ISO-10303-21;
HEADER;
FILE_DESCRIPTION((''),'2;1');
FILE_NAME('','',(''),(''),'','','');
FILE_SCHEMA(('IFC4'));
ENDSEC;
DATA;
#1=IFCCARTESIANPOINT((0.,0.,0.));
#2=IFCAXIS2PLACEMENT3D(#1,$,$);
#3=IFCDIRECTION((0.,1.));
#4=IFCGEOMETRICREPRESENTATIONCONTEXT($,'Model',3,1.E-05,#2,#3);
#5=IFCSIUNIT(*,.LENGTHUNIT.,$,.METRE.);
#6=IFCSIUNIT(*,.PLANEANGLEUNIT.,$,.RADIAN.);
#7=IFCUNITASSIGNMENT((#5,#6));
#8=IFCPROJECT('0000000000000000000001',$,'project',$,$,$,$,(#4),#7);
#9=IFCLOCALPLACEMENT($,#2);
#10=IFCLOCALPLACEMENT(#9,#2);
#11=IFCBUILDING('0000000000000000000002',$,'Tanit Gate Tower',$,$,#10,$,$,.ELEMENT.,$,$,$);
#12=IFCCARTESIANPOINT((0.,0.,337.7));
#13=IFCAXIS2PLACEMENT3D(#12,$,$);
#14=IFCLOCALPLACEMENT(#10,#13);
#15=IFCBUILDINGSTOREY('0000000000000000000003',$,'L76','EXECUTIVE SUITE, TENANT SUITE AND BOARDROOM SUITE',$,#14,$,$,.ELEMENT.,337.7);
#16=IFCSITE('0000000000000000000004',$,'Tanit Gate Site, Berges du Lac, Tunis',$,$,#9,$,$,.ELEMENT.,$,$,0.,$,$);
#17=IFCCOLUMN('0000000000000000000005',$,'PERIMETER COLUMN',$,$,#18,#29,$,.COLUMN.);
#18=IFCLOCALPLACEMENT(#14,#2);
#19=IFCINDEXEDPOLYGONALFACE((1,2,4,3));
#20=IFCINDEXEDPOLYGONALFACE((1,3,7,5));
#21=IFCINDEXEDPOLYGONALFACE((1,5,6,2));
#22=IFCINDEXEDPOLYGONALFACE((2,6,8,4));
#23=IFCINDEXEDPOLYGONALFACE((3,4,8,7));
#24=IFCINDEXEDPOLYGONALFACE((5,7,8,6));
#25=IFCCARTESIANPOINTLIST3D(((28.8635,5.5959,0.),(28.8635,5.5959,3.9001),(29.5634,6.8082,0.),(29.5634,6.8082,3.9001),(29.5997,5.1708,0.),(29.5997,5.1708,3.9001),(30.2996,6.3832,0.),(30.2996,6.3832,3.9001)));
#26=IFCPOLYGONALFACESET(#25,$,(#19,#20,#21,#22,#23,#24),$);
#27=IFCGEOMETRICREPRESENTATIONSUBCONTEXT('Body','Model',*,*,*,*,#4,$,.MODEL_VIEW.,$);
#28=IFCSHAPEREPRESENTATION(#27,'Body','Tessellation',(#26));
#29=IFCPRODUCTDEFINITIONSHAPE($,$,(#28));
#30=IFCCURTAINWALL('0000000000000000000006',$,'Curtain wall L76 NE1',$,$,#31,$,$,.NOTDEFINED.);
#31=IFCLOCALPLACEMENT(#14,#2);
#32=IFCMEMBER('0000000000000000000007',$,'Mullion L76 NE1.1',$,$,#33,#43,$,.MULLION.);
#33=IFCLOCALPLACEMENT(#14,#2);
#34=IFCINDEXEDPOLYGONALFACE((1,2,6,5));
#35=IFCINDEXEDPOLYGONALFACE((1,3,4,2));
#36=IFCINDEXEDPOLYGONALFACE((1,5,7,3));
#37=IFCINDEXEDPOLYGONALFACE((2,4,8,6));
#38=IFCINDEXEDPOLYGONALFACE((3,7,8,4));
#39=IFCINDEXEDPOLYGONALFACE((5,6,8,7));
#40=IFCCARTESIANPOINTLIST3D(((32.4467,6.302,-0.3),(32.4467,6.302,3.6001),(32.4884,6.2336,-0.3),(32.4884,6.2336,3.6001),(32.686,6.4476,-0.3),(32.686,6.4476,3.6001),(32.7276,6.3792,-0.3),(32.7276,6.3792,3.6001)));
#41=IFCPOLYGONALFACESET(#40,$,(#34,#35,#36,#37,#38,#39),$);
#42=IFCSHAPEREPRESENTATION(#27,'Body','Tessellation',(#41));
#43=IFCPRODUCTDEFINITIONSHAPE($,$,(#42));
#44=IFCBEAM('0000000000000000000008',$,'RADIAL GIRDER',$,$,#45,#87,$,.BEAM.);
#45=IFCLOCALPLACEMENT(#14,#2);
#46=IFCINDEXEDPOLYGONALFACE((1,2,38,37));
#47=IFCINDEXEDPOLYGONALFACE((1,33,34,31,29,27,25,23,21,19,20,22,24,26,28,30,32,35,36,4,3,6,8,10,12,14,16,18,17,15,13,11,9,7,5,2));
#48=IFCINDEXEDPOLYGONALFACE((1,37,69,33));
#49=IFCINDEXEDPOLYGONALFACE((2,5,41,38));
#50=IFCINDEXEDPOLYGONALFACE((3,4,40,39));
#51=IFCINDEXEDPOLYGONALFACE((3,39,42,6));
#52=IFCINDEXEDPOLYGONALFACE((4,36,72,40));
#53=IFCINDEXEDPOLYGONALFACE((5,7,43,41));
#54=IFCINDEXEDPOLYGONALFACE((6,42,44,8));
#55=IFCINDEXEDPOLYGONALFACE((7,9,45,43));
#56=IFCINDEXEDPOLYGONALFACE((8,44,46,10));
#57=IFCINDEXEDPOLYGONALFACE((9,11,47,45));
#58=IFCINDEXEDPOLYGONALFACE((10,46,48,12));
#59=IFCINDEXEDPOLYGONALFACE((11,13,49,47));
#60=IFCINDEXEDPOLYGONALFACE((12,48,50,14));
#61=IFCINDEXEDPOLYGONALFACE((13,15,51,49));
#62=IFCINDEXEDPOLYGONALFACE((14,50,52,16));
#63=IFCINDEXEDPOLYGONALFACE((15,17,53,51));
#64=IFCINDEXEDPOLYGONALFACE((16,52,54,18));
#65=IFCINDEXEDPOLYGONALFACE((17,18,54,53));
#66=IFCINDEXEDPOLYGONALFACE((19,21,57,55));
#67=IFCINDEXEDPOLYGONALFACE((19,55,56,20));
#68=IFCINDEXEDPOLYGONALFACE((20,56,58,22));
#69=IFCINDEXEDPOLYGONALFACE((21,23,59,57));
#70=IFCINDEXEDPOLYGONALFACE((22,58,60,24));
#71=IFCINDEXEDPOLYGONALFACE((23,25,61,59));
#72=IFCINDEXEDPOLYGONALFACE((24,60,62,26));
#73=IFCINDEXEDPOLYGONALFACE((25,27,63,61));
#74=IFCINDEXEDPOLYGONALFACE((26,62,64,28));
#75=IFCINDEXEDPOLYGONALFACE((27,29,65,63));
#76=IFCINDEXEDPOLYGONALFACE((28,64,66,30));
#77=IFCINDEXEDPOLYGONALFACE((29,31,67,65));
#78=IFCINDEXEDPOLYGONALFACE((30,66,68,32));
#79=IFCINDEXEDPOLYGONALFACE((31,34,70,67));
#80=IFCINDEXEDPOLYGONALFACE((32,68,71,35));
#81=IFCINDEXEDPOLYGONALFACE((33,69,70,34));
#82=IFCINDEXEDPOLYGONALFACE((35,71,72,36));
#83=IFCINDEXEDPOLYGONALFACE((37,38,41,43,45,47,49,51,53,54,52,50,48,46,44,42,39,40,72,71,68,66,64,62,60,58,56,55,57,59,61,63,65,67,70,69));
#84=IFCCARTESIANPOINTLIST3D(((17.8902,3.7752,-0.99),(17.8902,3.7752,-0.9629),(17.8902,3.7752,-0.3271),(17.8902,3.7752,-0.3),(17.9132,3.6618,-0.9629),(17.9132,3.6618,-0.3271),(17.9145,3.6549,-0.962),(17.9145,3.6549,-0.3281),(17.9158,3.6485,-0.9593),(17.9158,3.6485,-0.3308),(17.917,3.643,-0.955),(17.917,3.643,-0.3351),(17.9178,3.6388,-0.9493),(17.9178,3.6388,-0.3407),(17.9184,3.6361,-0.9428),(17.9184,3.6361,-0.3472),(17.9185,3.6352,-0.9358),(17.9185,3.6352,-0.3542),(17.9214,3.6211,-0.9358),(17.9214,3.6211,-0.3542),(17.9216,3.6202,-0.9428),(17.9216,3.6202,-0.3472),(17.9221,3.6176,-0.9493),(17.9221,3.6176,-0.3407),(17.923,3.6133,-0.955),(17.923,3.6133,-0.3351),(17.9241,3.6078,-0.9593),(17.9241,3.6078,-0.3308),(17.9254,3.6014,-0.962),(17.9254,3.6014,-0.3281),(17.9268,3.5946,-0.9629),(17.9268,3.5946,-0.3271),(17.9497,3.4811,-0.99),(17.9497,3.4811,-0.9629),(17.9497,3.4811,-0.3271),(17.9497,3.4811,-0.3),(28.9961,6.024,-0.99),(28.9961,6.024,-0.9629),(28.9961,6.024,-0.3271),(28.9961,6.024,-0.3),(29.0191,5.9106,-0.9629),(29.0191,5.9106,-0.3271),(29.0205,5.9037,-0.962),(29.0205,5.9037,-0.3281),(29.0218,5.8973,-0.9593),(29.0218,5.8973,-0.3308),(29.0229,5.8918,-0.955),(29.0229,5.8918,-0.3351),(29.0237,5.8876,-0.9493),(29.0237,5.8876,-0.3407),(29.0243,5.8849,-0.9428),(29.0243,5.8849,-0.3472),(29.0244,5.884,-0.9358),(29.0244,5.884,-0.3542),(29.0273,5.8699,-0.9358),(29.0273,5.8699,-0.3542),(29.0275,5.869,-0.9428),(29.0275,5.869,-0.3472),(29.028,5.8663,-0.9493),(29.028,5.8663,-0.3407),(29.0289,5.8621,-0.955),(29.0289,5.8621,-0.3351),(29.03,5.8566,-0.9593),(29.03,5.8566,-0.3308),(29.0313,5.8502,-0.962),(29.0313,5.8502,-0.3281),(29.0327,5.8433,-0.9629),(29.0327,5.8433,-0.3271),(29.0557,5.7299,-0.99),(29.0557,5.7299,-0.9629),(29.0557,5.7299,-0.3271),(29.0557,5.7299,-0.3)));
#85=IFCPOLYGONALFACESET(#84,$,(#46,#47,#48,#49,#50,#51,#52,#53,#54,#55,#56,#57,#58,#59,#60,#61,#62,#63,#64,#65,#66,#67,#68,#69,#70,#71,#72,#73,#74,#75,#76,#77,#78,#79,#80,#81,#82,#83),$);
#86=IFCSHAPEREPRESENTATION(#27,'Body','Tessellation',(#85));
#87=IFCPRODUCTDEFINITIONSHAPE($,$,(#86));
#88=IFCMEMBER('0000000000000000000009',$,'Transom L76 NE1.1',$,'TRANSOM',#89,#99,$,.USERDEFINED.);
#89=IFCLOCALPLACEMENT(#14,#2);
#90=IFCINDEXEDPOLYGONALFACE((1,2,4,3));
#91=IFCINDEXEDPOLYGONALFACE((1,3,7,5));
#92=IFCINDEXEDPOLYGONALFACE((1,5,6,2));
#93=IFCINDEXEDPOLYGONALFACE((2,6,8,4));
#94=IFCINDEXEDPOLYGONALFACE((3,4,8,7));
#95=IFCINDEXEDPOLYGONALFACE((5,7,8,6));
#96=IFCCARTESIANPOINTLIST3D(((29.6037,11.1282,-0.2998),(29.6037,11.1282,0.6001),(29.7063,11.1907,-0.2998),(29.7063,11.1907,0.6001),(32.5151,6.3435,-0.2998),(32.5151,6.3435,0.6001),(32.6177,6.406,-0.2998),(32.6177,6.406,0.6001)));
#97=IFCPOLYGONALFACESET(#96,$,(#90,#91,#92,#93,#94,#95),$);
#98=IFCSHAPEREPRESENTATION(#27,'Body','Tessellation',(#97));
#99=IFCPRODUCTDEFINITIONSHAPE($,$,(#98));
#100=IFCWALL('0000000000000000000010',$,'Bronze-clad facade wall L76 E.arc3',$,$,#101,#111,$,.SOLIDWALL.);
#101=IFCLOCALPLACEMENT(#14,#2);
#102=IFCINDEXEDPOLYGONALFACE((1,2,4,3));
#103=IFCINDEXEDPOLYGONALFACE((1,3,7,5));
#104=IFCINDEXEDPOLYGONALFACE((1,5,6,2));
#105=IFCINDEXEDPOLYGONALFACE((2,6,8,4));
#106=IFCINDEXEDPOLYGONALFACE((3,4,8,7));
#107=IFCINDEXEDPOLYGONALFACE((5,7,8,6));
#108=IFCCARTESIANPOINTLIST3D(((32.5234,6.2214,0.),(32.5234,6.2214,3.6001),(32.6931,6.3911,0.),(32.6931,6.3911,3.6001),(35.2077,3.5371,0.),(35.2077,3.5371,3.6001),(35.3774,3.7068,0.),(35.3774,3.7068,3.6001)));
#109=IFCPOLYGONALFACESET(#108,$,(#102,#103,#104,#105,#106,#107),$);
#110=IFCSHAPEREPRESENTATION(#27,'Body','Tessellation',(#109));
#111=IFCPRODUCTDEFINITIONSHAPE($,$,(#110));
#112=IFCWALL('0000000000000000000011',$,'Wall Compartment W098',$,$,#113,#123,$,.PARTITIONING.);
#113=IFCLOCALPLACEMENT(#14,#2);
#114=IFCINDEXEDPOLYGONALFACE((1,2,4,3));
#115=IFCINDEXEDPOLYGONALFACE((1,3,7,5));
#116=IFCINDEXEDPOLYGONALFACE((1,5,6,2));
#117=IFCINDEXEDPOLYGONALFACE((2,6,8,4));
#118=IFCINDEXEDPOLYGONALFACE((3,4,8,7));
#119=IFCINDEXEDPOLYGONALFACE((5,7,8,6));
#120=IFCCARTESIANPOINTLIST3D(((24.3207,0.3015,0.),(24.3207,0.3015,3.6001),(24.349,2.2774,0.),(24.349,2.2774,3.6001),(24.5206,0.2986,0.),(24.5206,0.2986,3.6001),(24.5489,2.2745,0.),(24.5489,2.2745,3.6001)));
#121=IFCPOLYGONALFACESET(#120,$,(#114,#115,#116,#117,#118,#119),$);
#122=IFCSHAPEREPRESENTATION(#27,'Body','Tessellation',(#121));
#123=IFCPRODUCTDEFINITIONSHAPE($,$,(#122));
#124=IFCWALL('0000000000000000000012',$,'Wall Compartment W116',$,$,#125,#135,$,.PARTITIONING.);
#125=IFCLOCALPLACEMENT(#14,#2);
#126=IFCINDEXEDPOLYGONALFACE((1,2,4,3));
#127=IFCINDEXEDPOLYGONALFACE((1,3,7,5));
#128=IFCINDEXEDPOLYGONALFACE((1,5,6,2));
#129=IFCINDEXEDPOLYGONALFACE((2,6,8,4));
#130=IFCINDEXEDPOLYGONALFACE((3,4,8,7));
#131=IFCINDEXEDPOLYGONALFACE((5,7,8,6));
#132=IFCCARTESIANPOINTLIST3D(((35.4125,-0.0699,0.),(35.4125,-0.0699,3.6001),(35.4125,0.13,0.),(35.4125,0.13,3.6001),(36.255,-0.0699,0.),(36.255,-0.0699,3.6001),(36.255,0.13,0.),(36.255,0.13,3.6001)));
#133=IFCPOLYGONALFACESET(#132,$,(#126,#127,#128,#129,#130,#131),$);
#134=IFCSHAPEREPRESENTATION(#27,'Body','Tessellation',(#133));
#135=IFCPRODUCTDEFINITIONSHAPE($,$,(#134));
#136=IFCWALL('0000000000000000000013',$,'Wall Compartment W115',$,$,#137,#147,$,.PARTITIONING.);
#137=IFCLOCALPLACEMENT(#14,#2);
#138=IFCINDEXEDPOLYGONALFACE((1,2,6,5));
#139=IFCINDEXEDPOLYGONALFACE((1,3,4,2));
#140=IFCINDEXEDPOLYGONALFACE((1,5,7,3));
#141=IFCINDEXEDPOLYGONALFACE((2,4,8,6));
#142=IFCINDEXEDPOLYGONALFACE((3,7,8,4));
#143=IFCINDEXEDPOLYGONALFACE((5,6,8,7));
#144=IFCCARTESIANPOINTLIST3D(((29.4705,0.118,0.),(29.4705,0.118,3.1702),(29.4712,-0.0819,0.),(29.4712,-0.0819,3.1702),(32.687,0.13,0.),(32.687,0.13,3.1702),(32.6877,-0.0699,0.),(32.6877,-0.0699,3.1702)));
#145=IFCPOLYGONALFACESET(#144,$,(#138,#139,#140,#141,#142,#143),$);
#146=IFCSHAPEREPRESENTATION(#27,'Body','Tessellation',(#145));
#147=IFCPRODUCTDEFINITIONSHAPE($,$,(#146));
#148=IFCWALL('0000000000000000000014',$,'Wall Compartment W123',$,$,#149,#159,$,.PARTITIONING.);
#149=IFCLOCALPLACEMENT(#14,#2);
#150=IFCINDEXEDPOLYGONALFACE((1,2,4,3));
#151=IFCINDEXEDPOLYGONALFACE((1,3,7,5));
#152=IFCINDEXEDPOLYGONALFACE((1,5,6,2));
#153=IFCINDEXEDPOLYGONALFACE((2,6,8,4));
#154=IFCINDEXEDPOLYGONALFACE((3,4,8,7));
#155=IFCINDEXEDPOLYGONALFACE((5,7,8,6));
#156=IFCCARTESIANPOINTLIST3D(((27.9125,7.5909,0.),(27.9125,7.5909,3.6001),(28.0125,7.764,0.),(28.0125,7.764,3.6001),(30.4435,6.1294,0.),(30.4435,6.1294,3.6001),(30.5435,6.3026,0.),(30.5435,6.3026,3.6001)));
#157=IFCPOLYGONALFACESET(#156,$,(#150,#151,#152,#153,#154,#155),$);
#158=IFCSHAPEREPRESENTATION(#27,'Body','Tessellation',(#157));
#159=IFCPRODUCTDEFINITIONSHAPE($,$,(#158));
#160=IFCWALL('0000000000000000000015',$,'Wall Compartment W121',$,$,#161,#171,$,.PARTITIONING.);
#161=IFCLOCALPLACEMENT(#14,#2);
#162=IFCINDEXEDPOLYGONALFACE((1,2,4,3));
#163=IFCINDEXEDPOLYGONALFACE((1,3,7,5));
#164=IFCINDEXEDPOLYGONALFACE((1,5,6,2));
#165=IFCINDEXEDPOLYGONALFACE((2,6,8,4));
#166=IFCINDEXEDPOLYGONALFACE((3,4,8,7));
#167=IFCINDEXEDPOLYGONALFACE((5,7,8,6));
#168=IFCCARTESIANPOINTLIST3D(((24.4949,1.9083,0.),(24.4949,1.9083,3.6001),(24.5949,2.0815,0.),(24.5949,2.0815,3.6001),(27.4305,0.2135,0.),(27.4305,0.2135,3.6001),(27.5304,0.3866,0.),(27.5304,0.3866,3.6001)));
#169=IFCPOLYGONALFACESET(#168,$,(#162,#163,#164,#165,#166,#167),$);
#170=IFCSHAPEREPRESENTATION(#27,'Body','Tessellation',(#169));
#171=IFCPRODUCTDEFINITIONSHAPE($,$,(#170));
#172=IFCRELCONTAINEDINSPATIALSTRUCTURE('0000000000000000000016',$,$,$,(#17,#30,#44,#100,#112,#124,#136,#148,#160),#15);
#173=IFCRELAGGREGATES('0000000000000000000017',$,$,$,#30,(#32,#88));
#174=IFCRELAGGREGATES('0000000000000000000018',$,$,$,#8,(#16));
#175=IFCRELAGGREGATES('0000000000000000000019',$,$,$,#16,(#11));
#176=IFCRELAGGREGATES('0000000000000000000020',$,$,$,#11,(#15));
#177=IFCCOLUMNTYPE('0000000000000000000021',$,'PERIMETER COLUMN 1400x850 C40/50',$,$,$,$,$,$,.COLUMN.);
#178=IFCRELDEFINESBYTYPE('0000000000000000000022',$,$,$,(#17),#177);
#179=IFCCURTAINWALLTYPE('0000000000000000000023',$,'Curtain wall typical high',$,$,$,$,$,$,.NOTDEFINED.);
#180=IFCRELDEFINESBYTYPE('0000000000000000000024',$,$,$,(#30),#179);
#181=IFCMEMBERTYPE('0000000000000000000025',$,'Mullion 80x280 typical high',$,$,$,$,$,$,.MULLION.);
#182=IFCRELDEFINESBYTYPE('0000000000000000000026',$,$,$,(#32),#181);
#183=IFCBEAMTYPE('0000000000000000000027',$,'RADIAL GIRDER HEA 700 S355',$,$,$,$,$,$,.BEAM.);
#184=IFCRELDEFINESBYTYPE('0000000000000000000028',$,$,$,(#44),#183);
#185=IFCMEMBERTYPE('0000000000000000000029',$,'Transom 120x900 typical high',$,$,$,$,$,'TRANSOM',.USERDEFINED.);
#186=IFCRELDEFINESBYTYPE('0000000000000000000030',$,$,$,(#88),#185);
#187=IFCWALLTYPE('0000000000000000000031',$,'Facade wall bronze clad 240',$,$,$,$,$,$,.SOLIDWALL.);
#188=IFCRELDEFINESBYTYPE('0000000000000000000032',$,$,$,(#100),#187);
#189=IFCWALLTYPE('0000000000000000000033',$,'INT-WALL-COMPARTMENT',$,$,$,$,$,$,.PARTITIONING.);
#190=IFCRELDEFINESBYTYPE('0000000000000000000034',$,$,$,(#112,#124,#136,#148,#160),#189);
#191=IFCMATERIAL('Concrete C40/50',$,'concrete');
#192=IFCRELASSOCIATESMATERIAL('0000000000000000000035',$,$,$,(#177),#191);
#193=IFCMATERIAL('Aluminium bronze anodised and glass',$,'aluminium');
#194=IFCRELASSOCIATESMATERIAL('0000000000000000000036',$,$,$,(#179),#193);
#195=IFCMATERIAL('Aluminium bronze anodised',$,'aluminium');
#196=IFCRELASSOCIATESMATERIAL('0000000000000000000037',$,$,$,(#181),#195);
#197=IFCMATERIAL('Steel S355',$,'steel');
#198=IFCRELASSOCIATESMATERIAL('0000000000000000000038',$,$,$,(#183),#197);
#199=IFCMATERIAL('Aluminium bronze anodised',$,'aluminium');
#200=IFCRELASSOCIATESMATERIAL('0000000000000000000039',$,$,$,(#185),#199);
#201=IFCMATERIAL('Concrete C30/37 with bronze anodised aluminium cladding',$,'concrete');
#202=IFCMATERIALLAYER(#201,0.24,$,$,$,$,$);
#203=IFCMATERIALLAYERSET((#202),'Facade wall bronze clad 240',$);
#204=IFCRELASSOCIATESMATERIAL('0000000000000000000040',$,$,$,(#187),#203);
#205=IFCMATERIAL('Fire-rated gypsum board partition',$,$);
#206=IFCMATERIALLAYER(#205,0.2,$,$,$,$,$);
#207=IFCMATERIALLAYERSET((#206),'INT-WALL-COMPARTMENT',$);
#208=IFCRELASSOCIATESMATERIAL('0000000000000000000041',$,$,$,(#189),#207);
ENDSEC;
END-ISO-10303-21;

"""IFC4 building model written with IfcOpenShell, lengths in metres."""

from ifc_helpers import new_model, si_unit, direction, frame, frame_2d, origin, origin_2d, place, context, subcontext, project, spatial, rectangle, i_section, extrude, material, layer, layer_set, material_profile, profile_set, type_object, element, aggregate, save


model = new_model("IFC4")

# Units and contexts
model_context = context("Model", 3, precision=1e-05, world=origin(), true_north=direction((0.0, 1.0)))
body_context = subcontext(model_context, "Body", "Model", "MODEL_VIEW")
ifc_project = project(units=[si_unit("LENGTHUNIT", "METRE"), si_unit("PLANEANGLEUNIT", "RADIAN")], contexts=[model_context])

# Site, building, storey
site_placement = place(None, origin())
site = spatial("IfcSite", under=ifc_project, at=site_placement, Name="Tanit Gate Site, Berges du Lac, Tunis", CompositionType="ELEMENT", RefElevation=0.0)
building_placement = place(site_placement, origin())
building = spatial("IfcBuilding", under=site, at=building_placement, Name="Tanit Gate Tower", CompositionType="ELEMENT")
storey_placement = place(building_placement, frame((0.0, 0.0, 337.7)))
storey = spatial("IfcBuildingStorey", under=building, at=storey_placement, Name="L76", Description="EXECUTIVE SUITE, TENANT SUITE AND BOARDROOM SUITE", CompositionType="ELEMENT", Elevation=337.7)

# Column
ifc_material_1 = material(Name="Concrete C40/50", Category="concrete")
ifc_material_profile_1 = material_profile(ifc_material_1, rectangle(XDim=1.3999, YDim=0.8501, at=origin_2d()), Name="RC 1400x850")
ifc_profile_set_1 = profile_set([ifc_material_profile_1], Name="Concrete C40/50")
column_type = type_object("IfcColumnType", Name="PERIMETER COLUMN 1400x850 C40/50", PredefinedType="COLUMN", material=ifc_profile_set_1)
column_placement = place(storey_placement, frame((29.5815, 5.9895, 0.0), z_axis=(0.0, 0.0, 1.0), x_axis=(0.5, 0.866025, 0.0)))
element("IfcColumn", 1, at=column_placement, inside=storey, type_object=column_type, Name="PERIMETER COLUMN", PredefinedType="COLUMN", context=body_context, shape_type="SweptSolid", body=[
    extrude(rectangle(XDim=1.3999, YDim=0.8501, at=origin_2d()), origin(), (0.0, 0.0, 1.0), 3.9001),
])

# Curtain wall, member
ifc_material_2 = material(Name="Aluminium bronze anodised and glass", Category="aluminium")
curtain_wall_type = type_object("IfcCurtainWallType", Name="Curtain wall typical high", PredefinedType="NOTDEFINED", material=ifc_material_2)
curtain_wall_placement = place(storey_placement, origin())
curtain_wall = element("IfcCurtainWall", 2, at=curtain_wall_placement, inside=storey, type_object=curtain_wall_type, Name="Curtain wall L76 NE1", PredefinedType="NOTDEFINED")
ifc_material_3 = material(Name="Aluminium bronze anodised", Category="aluminium")
ifc_material_profile_2 = material_profile(ifc_material_3, rectangle(XDim=0.28, YDim=0.0801, at=origin_2d()), Name="80x280 bronze mullion")
ifc_profile_set_2 = profile_set([ifc_material_profile_2], Name="Aluminium bronze anodised")
member_type_1 = type_object("IfcMemberType", Name="Mullion 80x280 typical high", PredefinedType="MULLION", material=ifc_profile_set_2)
member_1_placement = place(storey_placement, frame((32.5872, 6.3406, -0.3), z_axis=(0.0, 0.0, 1.0), x_axis=(-0.854276, -0.51982, 0.0)))
member_1 = element("IfcMember", 3, at=member_1_placement, type_object=member_type_1, Name="Mullion L76 NE1.1", PredefinedType="MULLION", context=body_context, shape_type="SweptSolid", body=[
    extrude(rectangle(XDim=0.28, YDim=0.0801, at=origin_2d()), origin(), (0.0, 0.0, 1.0), 3.9001),
])

# Beam
ifc_material_4 = material(Name="Steel S355", Category="steel")
ifc_material_profile_3 = material_profile(ifc_material_4, i_section(OverallWidth=0.3, OverallDepth=0.6899, WebThickness=0.0144, FlangeThickness=0.0271, FilletRadius=0.0271, at=origin_2d()), Name="HEA 700")
ifc_profile_set_3 = profile_set([ifc_material_profile_3], Name="Steel S355")
beam_type = type_object("IfcBeamType", Name="RADIAL GIRDER HEA 700 S355", PredefinedType="BEAM", material=ifc_profile_set_3)
beam_placement = place(storey_placement, frame((29.0259, 5.877, -0.645), z_axis=(-0.98011, -0.198457, 0.0), x_axis=(0.198457, -0.98011, 0.0)))
element("IfcBeam", 4, at=beam_placement, inside=storey, type_object=beam_type, Name="RADIAL GIRDER", PredefinedType="BEAM", context=body_context, shape_type="SweptSolid", body=[
    extrude(i_section(OverallWidth=0.3, OverallDepth=0.6899, WebThickness=0.0144, FlangeThickness=0.0271, FilletRadius=0.0271, at=origin_2d()), origin(), (0.0, 0.0, 1.0), 11.3313),
])

# Member
ifc_material_5 = material(Name="Aluminium bronze anodised", Category="aluminium")
ifc_material_profile_4 = material_profile(ifc_material_5, rectangle(XDim=0.1201, YDim=0.8999, at=origin_2d()), Name="120x900 bronze transom")
ifc_profile_set_4 = profile_set([ifc_material_profile_4], Name="Aluminium bronze anodised")
member_type_2 = type_object("IfcMemberType", Name="Transom 120x900 typical high", ElementType="TRANSOM", PredefinedType="USERDEFINED", material=ifc_profile_set_4)
member_2_placement = place(storey_placement, frame((32.5664, 6.3748, 0.1501), z_axis=(-0.519813, 0.85428, 0.0), x_axis=(-0.85428, -0.519813, 0.0)))
member_2 = element("IfcMember", 5, at=member_2_placement, type_object=member_type_2, Name="Transom L76 NE1.1", ObjectType="TRANSOM", PredefinedType="USERDEFINED", context=body_context, shape_type="SweptSolid", body=[
    extrude(rectangle(XDim=0.1201, YDim=0.8999, at=origin_2d()), origin(), (0.0, 0.0, 1.0), 5.6008),
])
aggregate(curtain_wall, [member_1, member_2])

# Walls
ifc_material_6 = material(Name="Concrete C30/37 with bronze anodised aluminium cladding", Category="concrete")
ifc_layer_1 = layer(ifc_material_6, 0.24)
ifc_layer_set_1 = layer_set([ifc_layer_1], Name="Facade wall bronze clad 240")
wall_type_1 = type_object("IfcWallType", Name="Facade wall bronze clad 240", PredefinedType="SOLIDWALL", material=ifc_layer_set_1)
wall_1_placement = place(storey_placement, frame((35.2925, 3.6221, 0.0), z_axis=(0.0, 0.0, 1.0), x_axis=(-0.707107, 0.707107, 0.0)))
element("IfcWall", 6, at=wall_1_placement, inside=storey, type_object=wall_type_1, Name="Bronze-clad facade wall L76 E.arc3", PredefinedType="SOLIDWALL", context=body_context, shape_type="SweptSolid", body=[
    extrude(rectangle(XDim=3.7961, YDim=0.24, at=frame_2d((1.8979, 0.0))), origin(), (0.0, 0.0, 1.0), 3.6001),
])
ifc_material_7 = material(Name="Fire-rated gypsum board partition")
ifc_layer_2 = layer(ifc_material_7, 0.2)
ifc_layer_set_2 = layer_set([ifc_layer_2], Name="INT-WALL-COMPARTMENT")
wall_type_2 = type_object("IfcWallType", Name="INT-WALL-COMPARTMENT", PredefinedType="PARTITIONING", material=ifc_layer_set_2)
wall_2_placement = place(storey_placement, frame((24.4207, 0.3, 0.0), z_axis=(0.0, 0.0, 1.0), x_axis=(0.014332, 0.999897, 0.0)))
element("IfcWall", 7, at=wall_2_placement, inside=storey, type_object=wall_type_2, Name="Wall Compartment W098", PredefinedType="PARTITIONING", context=body_context, shape_type="SweptSolid", body=[
    extrude(rectangle(XDim=1.9761, YDim=0.2, at=frame_2d((0.988, 0.0))), origin(), (0.0, 0.0, 1.0), 3.6001),
])
wall_3_placement = place(storey_placement, frame((35.4124, 0.03, 0.0), z_axis=(0.0, 0.0, 1.0), x_axis=(1.0, 0.0, 0.0)))
element("IfcWall", 8, at=wall_3_placement, inside=storey, type_object=wall_type_2, Name="Wall Compartment W116", PredefinedType="PARTITIONING", context=body_context, shape_type="SweptSolid", body=[
    extrude(rectangle(XDim=0.8425, YDim=0.2, at=frame_2d((0.4214, 0.0))), origin(), (0.0, 0.0, 1.0), 3.6001),
])
wall_4_placement = place(storey_placement, frame((29.4707, 0.0181, 0.0), z_axis=(0.0, 0.0, 1.0), x_axis=(0.999993, 0.003719, 0.0)))
element("IfcWall", 9, at=wall_4_placement, inside=storey, type_object=wall_type_2, Name="Wall Compartment W115", PredefinedType="PARTITIONING", context=body_context, shape_type="SweptSolid", body=[
    extrude(rectangle(XDim=3.2166, YDim=0.2, at=frame_2d((1.6084, 0.0))), origin(), (0.0, 0.0, 1.0), 3.1702),
])
wall_5_placement = place(storey_placement, frame((27.9624, 7.6775, 0.0), z_axis=(0.0, 0.0, 1.0), x_axis=(0.866003, -0.500038, 0.0)))
element("IfcWall", 10, at=wall_5_placement, inside=storey, type_object=wall_type_2, Name="Wall Compartment W123", PredefinedType="PARTITIONING", context=body_context, shape_type="SweptSolid", body=[
    extrude(rectangle(XDim=2.9226, YDim=0.2, at=frame_2d((1.4614, 0.0))), origin(), (0.0, 0.0, 1.0), 3.6001),
])
wall_6_placement = place(storey_placement, frame((24.5449, 1.9949, 0.0), z_axis=(0.0, 0.0, 1.0), x_axis=(0.866027, -0.499997, 0.0)))
element("IfcWall", 11, at=wall_6_placement, inside=storey, type_object=wall_type_2, Name="Wall Compartment W121", PredefinedType="PARTITIONING", context=body_context, shape_type="SweptSolid", body=[
    extrude(rectangle(XDim=3.3896, YDim=0.2, at=frame_2d((1.6948, 0.0))), origin(), (0.0, 0.0, 1.0), 3.6001),
])

save(model, "model.ifc")
